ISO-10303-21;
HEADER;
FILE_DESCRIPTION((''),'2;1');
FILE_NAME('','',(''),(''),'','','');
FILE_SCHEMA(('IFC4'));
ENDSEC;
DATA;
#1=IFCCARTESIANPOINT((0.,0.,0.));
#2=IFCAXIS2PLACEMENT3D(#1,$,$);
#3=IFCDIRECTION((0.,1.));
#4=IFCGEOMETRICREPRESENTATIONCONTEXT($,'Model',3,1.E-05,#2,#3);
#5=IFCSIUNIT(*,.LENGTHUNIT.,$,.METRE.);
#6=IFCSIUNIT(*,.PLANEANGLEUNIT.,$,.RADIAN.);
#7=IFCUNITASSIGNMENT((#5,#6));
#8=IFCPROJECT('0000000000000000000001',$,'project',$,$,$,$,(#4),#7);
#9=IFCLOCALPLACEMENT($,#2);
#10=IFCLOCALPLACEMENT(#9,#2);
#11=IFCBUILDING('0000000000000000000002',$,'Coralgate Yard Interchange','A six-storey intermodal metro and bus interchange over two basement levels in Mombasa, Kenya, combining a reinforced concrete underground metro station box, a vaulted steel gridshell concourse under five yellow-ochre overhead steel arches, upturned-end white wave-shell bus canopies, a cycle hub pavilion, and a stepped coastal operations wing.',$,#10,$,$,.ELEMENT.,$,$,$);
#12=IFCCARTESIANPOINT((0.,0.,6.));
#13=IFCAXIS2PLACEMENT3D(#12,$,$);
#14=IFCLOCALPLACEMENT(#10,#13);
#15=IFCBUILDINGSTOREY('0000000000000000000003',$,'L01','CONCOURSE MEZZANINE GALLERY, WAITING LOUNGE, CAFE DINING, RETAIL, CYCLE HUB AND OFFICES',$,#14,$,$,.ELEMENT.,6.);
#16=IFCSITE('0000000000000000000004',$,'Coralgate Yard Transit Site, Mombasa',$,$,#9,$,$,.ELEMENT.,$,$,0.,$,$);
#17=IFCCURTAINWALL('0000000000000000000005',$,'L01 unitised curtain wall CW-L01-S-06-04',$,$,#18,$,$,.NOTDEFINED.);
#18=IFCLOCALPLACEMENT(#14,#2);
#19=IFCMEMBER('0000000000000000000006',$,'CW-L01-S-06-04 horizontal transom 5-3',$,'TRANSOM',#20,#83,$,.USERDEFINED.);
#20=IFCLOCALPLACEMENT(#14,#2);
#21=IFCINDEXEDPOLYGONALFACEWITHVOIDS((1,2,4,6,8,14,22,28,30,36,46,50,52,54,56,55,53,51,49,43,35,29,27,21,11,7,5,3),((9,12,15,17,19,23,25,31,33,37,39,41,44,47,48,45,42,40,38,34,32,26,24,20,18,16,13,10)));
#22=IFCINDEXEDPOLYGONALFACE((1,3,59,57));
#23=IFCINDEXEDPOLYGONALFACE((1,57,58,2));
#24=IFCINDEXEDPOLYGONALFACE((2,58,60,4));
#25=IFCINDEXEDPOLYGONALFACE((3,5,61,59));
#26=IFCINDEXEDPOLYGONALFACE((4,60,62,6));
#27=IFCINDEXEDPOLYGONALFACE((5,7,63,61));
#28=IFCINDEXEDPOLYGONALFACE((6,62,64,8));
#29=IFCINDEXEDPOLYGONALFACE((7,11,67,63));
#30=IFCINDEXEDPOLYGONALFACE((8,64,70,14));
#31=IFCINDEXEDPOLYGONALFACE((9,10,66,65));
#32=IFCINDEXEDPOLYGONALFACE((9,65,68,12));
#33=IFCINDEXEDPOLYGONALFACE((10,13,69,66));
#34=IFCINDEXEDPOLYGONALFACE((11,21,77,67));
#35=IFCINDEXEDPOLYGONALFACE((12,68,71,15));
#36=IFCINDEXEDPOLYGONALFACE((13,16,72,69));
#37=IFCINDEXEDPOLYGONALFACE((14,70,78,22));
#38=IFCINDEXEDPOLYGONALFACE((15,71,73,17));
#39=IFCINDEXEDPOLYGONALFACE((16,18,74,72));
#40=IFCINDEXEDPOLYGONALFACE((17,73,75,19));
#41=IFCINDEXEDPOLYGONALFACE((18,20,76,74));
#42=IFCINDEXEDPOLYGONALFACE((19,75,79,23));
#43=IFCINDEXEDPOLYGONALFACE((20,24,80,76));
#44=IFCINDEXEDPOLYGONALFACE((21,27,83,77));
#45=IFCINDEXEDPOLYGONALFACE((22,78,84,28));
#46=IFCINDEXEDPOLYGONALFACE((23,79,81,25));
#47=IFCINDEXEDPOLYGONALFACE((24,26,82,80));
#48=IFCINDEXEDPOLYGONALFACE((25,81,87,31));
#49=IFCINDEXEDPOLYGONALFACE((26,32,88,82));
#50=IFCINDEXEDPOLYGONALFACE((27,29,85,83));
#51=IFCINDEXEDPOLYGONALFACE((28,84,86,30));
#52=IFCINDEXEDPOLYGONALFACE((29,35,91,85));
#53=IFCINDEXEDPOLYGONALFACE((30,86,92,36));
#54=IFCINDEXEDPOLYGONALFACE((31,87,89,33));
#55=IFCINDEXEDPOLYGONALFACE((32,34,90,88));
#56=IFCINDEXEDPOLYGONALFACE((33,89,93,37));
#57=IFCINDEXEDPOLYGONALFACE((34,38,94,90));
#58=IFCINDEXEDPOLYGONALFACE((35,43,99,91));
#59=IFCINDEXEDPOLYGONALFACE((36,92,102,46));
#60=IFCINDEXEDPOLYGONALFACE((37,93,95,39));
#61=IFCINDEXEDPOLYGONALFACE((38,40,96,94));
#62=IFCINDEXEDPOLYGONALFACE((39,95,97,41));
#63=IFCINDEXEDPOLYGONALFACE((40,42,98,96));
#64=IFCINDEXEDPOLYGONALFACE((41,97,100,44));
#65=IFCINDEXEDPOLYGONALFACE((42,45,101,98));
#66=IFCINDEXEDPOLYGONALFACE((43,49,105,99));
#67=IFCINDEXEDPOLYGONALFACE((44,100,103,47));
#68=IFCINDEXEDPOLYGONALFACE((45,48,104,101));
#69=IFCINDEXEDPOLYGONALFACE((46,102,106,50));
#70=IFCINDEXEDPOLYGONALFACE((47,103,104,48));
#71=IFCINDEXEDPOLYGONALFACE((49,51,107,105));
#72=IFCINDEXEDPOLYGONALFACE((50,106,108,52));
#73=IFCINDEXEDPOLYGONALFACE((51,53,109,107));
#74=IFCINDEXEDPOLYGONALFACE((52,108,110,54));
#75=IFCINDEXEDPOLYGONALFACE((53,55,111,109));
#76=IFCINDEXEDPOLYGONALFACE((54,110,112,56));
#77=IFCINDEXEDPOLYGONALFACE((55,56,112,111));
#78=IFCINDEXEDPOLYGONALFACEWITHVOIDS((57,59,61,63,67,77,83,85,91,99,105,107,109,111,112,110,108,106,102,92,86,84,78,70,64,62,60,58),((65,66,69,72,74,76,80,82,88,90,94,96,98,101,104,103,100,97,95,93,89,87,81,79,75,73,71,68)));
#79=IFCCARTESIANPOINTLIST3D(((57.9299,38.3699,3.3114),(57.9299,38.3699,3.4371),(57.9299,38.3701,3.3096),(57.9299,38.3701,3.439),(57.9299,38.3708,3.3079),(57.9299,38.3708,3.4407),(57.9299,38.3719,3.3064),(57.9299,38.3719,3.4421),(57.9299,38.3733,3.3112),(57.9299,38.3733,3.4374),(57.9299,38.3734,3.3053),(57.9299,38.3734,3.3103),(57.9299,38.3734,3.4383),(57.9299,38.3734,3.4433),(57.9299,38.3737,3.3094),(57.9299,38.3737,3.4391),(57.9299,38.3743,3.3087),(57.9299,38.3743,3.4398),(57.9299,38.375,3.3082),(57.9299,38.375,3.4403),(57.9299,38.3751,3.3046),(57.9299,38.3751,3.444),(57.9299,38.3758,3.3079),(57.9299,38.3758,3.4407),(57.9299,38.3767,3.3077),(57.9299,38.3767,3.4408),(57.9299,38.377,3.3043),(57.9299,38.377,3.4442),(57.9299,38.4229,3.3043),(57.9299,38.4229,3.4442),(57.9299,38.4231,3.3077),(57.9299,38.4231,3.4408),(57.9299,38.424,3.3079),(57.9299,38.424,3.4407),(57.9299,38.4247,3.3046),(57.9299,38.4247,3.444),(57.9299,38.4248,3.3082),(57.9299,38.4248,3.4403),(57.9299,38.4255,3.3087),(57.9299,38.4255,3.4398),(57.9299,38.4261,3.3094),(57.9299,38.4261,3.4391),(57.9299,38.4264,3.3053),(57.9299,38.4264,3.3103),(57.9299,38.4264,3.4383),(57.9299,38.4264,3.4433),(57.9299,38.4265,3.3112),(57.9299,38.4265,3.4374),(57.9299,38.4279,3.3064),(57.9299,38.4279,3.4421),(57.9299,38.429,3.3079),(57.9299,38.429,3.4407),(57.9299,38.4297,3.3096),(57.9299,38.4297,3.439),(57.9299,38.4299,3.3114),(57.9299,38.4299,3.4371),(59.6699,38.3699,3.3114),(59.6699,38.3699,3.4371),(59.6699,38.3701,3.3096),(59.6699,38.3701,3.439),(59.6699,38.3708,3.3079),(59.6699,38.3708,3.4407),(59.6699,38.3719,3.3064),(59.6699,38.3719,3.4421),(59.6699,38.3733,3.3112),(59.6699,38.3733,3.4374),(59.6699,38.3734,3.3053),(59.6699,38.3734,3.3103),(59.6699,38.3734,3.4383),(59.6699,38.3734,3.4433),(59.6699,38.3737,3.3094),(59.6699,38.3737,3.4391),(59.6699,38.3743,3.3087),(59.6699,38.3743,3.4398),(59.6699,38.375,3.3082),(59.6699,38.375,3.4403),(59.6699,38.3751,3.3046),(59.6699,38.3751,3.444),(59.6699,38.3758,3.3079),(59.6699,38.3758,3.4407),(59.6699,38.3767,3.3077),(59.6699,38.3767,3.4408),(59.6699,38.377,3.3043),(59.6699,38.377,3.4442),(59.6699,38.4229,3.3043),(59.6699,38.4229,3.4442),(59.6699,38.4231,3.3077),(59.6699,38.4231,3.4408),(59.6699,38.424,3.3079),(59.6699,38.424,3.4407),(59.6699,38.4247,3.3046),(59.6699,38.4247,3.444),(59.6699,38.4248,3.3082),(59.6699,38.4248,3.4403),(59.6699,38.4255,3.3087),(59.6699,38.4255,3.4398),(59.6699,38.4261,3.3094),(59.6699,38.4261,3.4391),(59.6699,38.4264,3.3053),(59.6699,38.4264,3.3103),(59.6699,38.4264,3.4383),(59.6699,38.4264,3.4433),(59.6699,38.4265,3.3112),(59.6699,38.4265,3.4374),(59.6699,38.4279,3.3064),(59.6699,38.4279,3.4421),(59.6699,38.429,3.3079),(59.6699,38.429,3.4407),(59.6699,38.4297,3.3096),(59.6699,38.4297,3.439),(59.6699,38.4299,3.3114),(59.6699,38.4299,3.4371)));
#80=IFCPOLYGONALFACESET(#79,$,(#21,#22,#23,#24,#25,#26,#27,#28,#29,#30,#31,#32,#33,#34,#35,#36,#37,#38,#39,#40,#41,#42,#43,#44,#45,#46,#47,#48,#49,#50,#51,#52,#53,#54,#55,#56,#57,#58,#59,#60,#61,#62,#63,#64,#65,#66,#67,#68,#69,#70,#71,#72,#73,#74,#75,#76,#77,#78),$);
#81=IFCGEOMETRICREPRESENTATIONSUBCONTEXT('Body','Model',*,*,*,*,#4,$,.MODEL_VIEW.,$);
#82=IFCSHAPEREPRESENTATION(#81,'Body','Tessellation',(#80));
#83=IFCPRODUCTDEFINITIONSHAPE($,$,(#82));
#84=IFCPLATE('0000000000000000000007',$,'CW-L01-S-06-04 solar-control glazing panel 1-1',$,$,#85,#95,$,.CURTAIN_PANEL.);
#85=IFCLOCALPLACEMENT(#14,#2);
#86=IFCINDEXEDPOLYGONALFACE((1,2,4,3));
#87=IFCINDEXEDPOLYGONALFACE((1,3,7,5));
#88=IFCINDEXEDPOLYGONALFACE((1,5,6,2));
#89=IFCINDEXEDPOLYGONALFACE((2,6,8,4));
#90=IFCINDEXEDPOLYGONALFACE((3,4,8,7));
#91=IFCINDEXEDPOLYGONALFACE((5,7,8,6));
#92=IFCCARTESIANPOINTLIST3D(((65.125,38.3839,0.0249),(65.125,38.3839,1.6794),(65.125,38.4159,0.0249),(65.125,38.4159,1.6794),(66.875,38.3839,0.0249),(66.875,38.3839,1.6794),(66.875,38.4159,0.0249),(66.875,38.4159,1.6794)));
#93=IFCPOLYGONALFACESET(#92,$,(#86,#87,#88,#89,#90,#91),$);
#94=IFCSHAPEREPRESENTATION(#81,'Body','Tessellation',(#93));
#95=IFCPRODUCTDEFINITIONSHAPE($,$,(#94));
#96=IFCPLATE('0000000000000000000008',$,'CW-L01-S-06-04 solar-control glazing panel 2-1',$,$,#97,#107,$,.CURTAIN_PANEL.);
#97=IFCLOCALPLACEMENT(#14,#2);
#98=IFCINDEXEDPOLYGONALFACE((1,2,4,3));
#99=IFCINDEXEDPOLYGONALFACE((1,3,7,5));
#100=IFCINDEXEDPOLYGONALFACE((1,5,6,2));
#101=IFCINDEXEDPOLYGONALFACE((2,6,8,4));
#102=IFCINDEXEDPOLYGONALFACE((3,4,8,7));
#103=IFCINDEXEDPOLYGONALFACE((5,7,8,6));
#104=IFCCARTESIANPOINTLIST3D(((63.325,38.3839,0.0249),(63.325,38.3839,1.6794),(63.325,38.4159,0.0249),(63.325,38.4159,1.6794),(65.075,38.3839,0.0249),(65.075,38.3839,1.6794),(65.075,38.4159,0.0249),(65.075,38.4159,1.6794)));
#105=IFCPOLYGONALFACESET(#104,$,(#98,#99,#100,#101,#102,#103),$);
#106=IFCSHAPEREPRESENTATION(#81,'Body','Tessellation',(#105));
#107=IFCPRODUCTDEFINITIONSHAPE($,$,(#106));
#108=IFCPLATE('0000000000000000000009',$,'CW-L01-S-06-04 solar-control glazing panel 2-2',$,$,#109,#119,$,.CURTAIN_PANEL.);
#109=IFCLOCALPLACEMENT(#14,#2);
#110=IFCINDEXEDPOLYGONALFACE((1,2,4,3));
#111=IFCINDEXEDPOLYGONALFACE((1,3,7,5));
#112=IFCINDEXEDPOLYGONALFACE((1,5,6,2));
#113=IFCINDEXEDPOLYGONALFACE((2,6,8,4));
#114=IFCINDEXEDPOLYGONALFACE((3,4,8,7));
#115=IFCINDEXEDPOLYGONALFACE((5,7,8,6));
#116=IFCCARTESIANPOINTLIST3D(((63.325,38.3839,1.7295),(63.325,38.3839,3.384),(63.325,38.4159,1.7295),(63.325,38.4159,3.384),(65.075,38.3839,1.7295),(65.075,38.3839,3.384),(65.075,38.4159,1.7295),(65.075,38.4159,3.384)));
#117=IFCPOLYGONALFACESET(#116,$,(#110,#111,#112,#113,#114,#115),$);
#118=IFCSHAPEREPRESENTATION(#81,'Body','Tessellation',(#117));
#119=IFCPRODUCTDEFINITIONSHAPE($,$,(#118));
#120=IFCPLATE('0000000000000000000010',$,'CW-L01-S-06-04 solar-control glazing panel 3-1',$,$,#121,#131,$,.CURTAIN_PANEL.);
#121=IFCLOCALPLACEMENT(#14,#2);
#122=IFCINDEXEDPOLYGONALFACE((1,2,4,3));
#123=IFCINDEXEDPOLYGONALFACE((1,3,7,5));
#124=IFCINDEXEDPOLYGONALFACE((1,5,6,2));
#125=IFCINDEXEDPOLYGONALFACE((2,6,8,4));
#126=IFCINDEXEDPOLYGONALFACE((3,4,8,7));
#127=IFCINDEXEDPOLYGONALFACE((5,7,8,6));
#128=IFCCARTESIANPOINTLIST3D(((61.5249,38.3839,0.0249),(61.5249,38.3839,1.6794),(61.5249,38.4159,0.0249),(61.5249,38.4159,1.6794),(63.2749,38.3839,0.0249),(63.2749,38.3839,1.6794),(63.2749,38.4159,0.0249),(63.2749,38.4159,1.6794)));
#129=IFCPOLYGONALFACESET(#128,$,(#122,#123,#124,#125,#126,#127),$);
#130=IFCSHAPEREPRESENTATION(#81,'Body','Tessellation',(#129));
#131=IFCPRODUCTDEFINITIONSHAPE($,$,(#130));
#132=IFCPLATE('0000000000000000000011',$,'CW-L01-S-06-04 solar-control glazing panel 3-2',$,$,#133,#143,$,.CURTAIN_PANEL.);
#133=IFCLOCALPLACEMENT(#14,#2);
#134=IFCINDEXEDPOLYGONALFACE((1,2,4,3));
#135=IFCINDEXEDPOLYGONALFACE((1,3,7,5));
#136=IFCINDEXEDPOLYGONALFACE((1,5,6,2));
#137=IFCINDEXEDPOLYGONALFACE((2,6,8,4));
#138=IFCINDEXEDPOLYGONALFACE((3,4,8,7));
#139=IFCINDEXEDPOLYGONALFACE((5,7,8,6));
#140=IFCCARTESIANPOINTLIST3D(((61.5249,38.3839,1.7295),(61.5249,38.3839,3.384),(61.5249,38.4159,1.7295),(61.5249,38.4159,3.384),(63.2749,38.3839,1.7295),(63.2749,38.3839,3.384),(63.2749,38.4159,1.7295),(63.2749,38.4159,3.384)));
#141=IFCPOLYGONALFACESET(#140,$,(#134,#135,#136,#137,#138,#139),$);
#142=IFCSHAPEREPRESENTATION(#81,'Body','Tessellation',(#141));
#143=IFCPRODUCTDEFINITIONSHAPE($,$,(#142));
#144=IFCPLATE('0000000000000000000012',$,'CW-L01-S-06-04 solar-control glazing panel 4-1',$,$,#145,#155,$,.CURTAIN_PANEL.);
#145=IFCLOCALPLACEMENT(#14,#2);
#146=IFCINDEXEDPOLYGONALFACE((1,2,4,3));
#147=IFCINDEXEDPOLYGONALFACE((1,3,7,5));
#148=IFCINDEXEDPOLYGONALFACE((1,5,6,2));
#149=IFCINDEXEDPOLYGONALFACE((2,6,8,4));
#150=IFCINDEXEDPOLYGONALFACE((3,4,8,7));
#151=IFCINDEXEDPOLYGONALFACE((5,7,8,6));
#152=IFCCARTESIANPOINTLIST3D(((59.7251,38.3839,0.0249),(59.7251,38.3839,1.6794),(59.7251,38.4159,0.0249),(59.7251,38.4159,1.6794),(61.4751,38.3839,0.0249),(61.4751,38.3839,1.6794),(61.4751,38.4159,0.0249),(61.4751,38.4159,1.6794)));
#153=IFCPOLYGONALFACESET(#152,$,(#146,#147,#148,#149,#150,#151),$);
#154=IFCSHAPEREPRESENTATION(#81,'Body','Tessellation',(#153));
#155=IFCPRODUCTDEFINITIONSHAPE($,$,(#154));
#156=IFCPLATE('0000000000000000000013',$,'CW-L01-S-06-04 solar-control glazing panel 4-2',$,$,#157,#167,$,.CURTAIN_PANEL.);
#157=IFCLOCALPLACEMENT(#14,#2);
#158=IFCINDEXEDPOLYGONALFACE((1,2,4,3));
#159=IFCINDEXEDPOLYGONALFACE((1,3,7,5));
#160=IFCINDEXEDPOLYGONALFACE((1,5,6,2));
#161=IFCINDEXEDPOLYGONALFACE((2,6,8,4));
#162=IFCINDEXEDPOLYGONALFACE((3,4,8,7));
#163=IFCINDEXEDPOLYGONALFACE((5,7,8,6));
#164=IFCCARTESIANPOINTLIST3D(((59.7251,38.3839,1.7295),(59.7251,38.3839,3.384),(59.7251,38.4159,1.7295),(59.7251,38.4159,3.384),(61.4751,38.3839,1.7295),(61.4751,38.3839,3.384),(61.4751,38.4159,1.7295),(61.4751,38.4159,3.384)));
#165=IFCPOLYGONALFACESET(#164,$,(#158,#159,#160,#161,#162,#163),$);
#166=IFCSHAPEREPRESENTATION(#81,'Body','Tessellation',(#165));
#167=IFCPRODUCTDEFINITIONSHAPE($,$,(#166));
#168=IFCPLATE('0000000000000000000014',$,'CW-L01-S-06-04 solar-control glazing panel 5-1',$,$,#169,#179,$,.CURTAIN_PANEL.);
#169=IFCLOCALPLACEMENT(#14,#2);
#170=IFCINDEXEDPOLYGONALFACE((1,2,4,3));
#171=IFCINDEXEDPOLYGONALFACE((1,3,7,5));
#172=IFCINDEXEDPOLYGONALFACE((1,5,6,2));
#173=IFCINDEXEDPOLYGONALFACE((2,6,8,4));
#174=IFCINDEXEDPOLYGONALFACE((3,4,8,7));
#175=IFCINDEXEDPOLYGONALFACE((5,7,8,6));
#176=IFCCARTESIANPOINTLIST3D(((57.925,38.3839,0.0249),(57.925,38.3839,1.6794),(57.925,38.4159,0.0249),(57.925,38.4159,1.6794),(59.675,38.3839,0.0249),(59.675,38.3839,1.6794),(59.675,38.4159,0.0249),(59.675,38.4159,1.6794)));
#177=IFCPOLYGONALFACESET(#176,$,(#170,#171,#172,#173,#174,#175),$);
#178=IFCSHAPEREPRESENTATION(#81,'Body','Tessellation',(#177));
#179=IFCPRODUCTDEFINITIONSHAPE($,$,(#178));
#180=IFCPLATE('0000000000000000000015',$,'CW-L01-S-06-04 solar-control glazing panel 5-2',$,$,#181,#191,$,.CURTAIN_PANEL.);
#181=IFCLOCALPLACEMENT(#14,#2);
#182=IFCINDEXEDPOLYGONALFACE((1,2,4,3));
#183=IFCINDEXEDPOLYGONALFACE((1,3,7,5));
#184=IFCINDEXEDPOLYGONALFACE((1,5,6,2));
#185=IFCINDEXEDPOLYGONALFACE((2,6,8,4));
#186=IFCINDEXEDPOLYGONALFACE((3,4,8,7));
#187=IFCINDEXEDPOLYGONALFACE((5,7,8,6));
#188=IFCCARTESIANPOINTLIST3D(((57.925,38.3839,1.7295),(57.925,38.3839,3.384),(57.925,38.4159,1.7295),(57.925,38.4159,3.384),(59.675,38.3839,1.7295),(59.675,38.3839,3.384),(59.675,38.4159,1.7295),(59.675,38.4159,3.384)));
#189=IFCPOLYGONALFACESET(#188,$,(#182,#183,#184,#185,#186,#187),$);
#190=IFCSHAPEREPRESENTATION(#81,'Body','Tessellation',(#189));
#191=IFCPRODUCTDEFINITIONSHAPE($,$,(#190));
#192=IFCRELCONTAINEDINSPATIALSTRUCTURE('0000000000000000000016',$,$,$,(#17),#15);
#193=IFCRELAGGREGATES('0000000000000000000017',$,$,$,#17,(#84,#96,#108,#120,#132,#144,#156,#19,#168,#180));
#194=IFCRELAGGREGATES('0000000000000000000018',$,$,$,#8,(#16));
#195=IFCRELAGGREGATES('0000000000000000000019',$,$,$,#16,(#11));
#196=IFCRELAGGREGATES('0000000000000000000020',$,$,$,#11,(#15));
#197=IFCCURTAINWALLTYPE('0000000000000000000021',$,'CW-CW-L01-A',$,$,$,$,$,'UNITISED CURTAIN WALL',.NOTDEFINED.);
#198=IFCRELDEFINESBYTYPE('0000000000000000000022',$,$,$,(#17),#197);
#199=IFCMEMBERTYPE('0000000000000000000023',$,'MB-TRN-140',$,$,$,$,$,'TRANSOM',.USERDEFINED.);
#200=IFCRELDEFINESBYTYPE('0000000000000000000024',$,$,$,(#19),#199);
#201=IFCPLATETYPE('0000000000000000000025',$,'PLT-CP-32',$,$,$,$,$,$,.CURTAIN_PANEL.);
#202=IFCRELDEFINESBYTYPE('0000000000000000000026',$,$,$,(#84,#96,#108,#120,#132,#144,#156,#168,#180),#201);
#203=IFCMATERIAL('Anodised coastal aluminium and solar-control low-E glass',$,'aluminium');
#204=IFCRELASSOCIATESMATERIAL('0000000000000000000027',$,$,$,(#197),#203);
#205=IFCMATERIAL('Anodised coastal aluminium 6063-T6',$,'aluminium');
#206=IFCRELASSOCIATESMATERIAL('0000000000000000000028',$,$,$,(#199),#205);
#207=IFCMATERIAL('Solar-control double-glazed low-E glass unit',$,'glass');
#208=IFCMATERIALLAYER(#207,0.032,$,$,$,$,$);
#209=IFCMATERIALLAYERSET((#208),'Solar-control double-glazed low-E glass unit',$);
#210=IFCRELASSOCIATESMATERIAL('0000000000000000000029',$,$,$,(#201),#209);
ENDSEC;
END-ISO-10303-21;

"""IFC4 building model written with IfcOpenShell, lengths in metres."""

from ifc_helpers import new_model, si_unit, direction, frame, origin, origin_2d, place, context, subcontext, project, spatial, rectangle, hollow_rectangle, extrude, material, layer, layer_set, material_profile, profile_set, type_object, element, aggregate, save


model = new_model("IFC4")

# Units and contexts
model_context = context("Model", 3, precision=1e-05, world=origin(), true_north=direction((0.0, 1.0)))
body_context = subcontext(model_context, "Body", "Model", "MODEL_VIEW")
ifc_project = project(units=[si_unit("LENGTHUNIT", "METRE"), si_unit("PLANEANGLEUNIT", "RADIAN")], contexts=[model_context])

# Site, building, storey
site_placement = place(None, origin())
site = spatial("IfcSite", under=ifc_project, at=site_placement, Name="Coralgate Yard Transit Site, Mombasa", CompositionType="ELEMENT", RefElevation=0.0)
building_placement = place(site_placement, origin())
building = spatial("IfcBuilding", under=site, at=building_placement, Name="Coralgate Yard Interchange", Description="A six-storey intermodal metro and bus interchange over two basement levels in Mombasa, Kenya, combining a reinforced concrete underground metro station box, a vaulted steel gridshell concourse under five yellow-ochre overhead steel arches, upturned-end white wave-shell bus canopies, a cycle hub pavilion, and a stepped coastal operations wing.", CompositionType="ELEMENT")
storey_placement = place(building_placement, frame((0.0, 0.0, 6.0)))
storey = spatial("IfcBuildingStorey", under=building, at=storey_placement, Name="L01", Description="CONCOURSE MEZZANINE GALLERY, WAITING LOUNGE, CAFE DINING, RETAIL, CYCLE HUB AND OFFICES", CompositionType="ELEMENT", Elevation=6.0)

# Curtain wall, member, plates
ifc_material_1 = material(Name="Anodised coastal aluminium and solar-control low-E glass", Category="aluminium")
curtain_wall_type = type_object("IfcCurtainWallType", Name="CW-CW-L01-A", ElementType="UNITISED CURTAIN WALL", PredefinedType="NOTDEFINED", material=ifc_material_1)
curtain_wall_placement = place(storey_placement, origin())
curtain_wall = element("IfcCurtainWall", 1, at=curtain_wall_placement, inside=storey, type_object=curtain_wall_type, Name="L01 unitised curtain wall CW-L01-S-06-04", PredefinedType="NOTDEFINED")
ifc_material_2 = material(Name="Anodised coastal aluminium 6063-T6", Category="aluminium")
ifc_material_profile_1 = material_profile(ifc_material_2, hollow_rectangle(XDim=0.0601, YDim=0.1399, WallThickness=0.0034, InnerFilletRadius=0.0034, OuterFilletRadius=0.0071, at=origin_2d()), Name="ALU 60x140x3.5")
ifc_profile_set_1 = profile_set([ifc_material_profile_1], Name="Anodised coastal aluminium 6063-T6")
member_type_1 = type_object("IfcMemberType", Name="MB-TRN-140", ElementType="TRANSOM", PredefinedType="USERDEFINED", material=ifc_profile_set_1)
member_1_placement = place(storey_placement, frame((59.6699, 38.3999, 3.3743), z_axis=(-1.0, 0.0, 0.0), x_axis=(0.0, -1.0, 0.0)))
member_1 = element("IfcMember", 2, at=member_1_placement, type_object=member_type_1, Name="CW-L01-S-06-04 horizontal transom 5-3", ObjectType="TRANSOM", PredefinedType="USERDEFINED", context=body_context, shape_type="SweptSolid", body=[
    extrude(hollow_rectangle(XDim=0.0601, YDim=0.1399, WallThickness=0.0034, InnerFilletRadius=0.0034, OuterFilletRadius=0.0071, at=origin_2d()), origin(), (0.0, 0.0, 1.0), 1.74),
])
ifc_material_3 = material(Name="Solar-control double-glazed low-E glass unit", Category="glass")
ifc_layer = layer(ifc_material_3, 0.032)
ifc_layer_set = layer_set([ifc_layer], Name="Solar-control double-glazed low-E glass unit")
plate_type = type_object("IfcPlateType", Name="PLT-CP-32", PredefinedType="CURTAIN_PANEL", material=ifc_layer_set)
plate_1_placement = place(storey_placement, frame((66.0, 38.3999, 0.0249), z_axis=(0.0, 0.0, 1.0), x_axis=(-1.0, 0.0, 0.0)))
plate_1 = element("IfcPlate", 3, at=plate_1_placement, type_object=plate_type, Name="CW-L01-S-06-04 solar-control glazing panel 1-1", PredefinedType="CURTAIN_PANEL", context=body_context, shape_type="SweptSolid", body=[
    extrude(rectangle(XDim=1.75, YDim=0.032, at=origin_2d()), origin(), (0.0, 0.0, 1.0), 1.6545),
])
plate_2_placement = place(storey_placement, frame((64.2, 38.3999, 0.0249), z_axis=(0.0, 0.0, 1.0), x_axis=(-1.0, 0.0, 0.0)))
plate_2 = element("IfcPlate", 4, at=plate_2_placement, type_object=plate_type, Name="CW-L01-S-06-04 solar-control glazing panel 2-1", PredefinedType="CURTAIN_PANEL", context=body_context, shape_type="SweptSolid", body=[
    extrude(rectangle(XDim=1.75, YDim=0.032, at=origin_2d()), origin(), (0.0, 0.0, 1.0), 1.6545),
])
plate_3_placement = place(storey_placement, frame((64.2, 38.3999, 1.7295), z_axis=(0.0, 0.0, 1.0), x_axis=(-1.0, 0.0, 0.0)))
plate_3 = element("IfcPlate", 5, at=plate_3_placement, type_object=plate_type, Name="CW-L01-S-06-04 solar-control glazing panel 2-2", PredefinedType="CURTAIN_PANEL", context=body_context, shape_type="SweptSolid", body=[
    extrude(rectangle(XDim=1.75, YDim=0.032, at=origin_2d()), origin(), (0.0, 0.0, 1.0), 1.6545),
])
plate_4_placement = place(storey_placement, frame((62.3999, 38.3999, 0.0249), z_axis=(0.0, 0.0, 1.0), x_axis=(-1.0, 0.0, 0.0)))
plate_4 = element("IfcPlate", 6, at=plate_4_placement, type_object=plate_type, Name="CW-L01-S-06-04 solar-control glazing panel 3-1", PredefinedType="CURTAIN_PANEL", context=body_context, shape_type="SweptSolid", body=[
    extrude(rectangle(XDim=1.75, YDim=0.032, at=origin_2d()), origin(), (0.0, 0.0, 1.0), 1.6545),
])
plate_5_placement = place(storey_placement, frame((62.3999, 38.3999, 1.7295), z_axis=(0.0, 0.0, 1.0), x_axis=(-1.0, 0.0, 0.0)))
plate_5 = element("IfcPlate", 7, at=plate_5_placement, type_object=plate_type, Name="CW-L01-S-06-04 solar-control glazing panel 3-2", PredefinedType="CURTAIN_PANEL", context=body_context, shape_type="SweptSolid", body=[
    extrude(rectangle(XDim=1.75, YDim=0.032, at=origin_2d()), origin(), (0.0, 0.0, 1.0), 1.6545),
])
plate_6_placement = place(storey_placement, frame((60.6001, 38.3999, 0.0249), z_axis=(0.0, 0.0, 1.0), x_axis=(-1.0, 0.0, 0.0)))
plate_6 = element("IfcPlate", 8, at=plate_6_placement, type_object=plate_type, Name="CW-L01-S-06-04 solar-control glazing panel 4-1", PredefinedType="CURTAIN_PANEL", context=body_context, shape_type="SweptSolid", body=[
    extrude(rectangle(XDim=1.75, YDim=0.032, at=origin_2d()), origin(), (0.0, 0.0, 1.0), 1.6545),
])
plate_7_placement = place(storey_placement, frame((60.6001, 38.3999, 1.7295), z_axis=(0.0, 0.0, 1.0), x_axis=(-1.0, 0.0, 0.0)))
plate_7 = element("IfcPlate", 9, at=plate_7_placement, type_object=plate_type, Name="CW-L01-S-06-04 solar-control glazing panel 4-2", PredefinedType="CURTAIN_PANEL", context=body_context, shape_type="SweptSolid", body=[
    extrude(rectangle(XDim=1.75, YDim=0.032, at=origin_2d()), origin(), (0.0, 0.0, 1.0), 1.6545),
])
plate_8_placement = place(storey_placement, frame((58.8, 38.3999, 0.0249), z_axis=(0.0, 0.0, 1.0), x_axis=(-1.0, 0.0, 0.0)))
plate_8 = element("IfcPlate", 10, at=plate_8_placement, type_object=plate_type, Name="CW-L01-S-06-04 solar-control glazing panel 5-1", PredefinedType="CURTAIN_PANEL", context=body_context, shape_type="SweptSolid", body=[
    extrude(rectangle(XDim=1.75, YDim=0.032, at=origin_2d()), origin(), (0.0, 0.0, 1.0), 1.6545),
])
plate_9_placement = place(storey_placement, frame((58.8, 38.3999, 1.7295), z_axis=(0.0, 0.0, 1.0), x_axis=(-1.0, 0.0, 0.0)))
plate_9 = element("IfcPlate", 11, at=plate_9_placement, type_object=plate_type, Name="CW-L01-S-06-04 solar-control glazing panel 5-2", PredefinedType="CURTAIN_PANEL", context=body_context, shape_type="SweptSolid", body=[
    extrude(rectangle(XDim=1.75, YDim=0.032, at=origin_2d()), origin(), (0.0, 0.0, 1.0), 1.6545),
])
aggregate(curtain_wall, [plate_1, plate_2, plate_3, plate_4, plate_5, plate_6, plate_7, member_1, plate_8, plate_9])

save(model, "model.ifc")
